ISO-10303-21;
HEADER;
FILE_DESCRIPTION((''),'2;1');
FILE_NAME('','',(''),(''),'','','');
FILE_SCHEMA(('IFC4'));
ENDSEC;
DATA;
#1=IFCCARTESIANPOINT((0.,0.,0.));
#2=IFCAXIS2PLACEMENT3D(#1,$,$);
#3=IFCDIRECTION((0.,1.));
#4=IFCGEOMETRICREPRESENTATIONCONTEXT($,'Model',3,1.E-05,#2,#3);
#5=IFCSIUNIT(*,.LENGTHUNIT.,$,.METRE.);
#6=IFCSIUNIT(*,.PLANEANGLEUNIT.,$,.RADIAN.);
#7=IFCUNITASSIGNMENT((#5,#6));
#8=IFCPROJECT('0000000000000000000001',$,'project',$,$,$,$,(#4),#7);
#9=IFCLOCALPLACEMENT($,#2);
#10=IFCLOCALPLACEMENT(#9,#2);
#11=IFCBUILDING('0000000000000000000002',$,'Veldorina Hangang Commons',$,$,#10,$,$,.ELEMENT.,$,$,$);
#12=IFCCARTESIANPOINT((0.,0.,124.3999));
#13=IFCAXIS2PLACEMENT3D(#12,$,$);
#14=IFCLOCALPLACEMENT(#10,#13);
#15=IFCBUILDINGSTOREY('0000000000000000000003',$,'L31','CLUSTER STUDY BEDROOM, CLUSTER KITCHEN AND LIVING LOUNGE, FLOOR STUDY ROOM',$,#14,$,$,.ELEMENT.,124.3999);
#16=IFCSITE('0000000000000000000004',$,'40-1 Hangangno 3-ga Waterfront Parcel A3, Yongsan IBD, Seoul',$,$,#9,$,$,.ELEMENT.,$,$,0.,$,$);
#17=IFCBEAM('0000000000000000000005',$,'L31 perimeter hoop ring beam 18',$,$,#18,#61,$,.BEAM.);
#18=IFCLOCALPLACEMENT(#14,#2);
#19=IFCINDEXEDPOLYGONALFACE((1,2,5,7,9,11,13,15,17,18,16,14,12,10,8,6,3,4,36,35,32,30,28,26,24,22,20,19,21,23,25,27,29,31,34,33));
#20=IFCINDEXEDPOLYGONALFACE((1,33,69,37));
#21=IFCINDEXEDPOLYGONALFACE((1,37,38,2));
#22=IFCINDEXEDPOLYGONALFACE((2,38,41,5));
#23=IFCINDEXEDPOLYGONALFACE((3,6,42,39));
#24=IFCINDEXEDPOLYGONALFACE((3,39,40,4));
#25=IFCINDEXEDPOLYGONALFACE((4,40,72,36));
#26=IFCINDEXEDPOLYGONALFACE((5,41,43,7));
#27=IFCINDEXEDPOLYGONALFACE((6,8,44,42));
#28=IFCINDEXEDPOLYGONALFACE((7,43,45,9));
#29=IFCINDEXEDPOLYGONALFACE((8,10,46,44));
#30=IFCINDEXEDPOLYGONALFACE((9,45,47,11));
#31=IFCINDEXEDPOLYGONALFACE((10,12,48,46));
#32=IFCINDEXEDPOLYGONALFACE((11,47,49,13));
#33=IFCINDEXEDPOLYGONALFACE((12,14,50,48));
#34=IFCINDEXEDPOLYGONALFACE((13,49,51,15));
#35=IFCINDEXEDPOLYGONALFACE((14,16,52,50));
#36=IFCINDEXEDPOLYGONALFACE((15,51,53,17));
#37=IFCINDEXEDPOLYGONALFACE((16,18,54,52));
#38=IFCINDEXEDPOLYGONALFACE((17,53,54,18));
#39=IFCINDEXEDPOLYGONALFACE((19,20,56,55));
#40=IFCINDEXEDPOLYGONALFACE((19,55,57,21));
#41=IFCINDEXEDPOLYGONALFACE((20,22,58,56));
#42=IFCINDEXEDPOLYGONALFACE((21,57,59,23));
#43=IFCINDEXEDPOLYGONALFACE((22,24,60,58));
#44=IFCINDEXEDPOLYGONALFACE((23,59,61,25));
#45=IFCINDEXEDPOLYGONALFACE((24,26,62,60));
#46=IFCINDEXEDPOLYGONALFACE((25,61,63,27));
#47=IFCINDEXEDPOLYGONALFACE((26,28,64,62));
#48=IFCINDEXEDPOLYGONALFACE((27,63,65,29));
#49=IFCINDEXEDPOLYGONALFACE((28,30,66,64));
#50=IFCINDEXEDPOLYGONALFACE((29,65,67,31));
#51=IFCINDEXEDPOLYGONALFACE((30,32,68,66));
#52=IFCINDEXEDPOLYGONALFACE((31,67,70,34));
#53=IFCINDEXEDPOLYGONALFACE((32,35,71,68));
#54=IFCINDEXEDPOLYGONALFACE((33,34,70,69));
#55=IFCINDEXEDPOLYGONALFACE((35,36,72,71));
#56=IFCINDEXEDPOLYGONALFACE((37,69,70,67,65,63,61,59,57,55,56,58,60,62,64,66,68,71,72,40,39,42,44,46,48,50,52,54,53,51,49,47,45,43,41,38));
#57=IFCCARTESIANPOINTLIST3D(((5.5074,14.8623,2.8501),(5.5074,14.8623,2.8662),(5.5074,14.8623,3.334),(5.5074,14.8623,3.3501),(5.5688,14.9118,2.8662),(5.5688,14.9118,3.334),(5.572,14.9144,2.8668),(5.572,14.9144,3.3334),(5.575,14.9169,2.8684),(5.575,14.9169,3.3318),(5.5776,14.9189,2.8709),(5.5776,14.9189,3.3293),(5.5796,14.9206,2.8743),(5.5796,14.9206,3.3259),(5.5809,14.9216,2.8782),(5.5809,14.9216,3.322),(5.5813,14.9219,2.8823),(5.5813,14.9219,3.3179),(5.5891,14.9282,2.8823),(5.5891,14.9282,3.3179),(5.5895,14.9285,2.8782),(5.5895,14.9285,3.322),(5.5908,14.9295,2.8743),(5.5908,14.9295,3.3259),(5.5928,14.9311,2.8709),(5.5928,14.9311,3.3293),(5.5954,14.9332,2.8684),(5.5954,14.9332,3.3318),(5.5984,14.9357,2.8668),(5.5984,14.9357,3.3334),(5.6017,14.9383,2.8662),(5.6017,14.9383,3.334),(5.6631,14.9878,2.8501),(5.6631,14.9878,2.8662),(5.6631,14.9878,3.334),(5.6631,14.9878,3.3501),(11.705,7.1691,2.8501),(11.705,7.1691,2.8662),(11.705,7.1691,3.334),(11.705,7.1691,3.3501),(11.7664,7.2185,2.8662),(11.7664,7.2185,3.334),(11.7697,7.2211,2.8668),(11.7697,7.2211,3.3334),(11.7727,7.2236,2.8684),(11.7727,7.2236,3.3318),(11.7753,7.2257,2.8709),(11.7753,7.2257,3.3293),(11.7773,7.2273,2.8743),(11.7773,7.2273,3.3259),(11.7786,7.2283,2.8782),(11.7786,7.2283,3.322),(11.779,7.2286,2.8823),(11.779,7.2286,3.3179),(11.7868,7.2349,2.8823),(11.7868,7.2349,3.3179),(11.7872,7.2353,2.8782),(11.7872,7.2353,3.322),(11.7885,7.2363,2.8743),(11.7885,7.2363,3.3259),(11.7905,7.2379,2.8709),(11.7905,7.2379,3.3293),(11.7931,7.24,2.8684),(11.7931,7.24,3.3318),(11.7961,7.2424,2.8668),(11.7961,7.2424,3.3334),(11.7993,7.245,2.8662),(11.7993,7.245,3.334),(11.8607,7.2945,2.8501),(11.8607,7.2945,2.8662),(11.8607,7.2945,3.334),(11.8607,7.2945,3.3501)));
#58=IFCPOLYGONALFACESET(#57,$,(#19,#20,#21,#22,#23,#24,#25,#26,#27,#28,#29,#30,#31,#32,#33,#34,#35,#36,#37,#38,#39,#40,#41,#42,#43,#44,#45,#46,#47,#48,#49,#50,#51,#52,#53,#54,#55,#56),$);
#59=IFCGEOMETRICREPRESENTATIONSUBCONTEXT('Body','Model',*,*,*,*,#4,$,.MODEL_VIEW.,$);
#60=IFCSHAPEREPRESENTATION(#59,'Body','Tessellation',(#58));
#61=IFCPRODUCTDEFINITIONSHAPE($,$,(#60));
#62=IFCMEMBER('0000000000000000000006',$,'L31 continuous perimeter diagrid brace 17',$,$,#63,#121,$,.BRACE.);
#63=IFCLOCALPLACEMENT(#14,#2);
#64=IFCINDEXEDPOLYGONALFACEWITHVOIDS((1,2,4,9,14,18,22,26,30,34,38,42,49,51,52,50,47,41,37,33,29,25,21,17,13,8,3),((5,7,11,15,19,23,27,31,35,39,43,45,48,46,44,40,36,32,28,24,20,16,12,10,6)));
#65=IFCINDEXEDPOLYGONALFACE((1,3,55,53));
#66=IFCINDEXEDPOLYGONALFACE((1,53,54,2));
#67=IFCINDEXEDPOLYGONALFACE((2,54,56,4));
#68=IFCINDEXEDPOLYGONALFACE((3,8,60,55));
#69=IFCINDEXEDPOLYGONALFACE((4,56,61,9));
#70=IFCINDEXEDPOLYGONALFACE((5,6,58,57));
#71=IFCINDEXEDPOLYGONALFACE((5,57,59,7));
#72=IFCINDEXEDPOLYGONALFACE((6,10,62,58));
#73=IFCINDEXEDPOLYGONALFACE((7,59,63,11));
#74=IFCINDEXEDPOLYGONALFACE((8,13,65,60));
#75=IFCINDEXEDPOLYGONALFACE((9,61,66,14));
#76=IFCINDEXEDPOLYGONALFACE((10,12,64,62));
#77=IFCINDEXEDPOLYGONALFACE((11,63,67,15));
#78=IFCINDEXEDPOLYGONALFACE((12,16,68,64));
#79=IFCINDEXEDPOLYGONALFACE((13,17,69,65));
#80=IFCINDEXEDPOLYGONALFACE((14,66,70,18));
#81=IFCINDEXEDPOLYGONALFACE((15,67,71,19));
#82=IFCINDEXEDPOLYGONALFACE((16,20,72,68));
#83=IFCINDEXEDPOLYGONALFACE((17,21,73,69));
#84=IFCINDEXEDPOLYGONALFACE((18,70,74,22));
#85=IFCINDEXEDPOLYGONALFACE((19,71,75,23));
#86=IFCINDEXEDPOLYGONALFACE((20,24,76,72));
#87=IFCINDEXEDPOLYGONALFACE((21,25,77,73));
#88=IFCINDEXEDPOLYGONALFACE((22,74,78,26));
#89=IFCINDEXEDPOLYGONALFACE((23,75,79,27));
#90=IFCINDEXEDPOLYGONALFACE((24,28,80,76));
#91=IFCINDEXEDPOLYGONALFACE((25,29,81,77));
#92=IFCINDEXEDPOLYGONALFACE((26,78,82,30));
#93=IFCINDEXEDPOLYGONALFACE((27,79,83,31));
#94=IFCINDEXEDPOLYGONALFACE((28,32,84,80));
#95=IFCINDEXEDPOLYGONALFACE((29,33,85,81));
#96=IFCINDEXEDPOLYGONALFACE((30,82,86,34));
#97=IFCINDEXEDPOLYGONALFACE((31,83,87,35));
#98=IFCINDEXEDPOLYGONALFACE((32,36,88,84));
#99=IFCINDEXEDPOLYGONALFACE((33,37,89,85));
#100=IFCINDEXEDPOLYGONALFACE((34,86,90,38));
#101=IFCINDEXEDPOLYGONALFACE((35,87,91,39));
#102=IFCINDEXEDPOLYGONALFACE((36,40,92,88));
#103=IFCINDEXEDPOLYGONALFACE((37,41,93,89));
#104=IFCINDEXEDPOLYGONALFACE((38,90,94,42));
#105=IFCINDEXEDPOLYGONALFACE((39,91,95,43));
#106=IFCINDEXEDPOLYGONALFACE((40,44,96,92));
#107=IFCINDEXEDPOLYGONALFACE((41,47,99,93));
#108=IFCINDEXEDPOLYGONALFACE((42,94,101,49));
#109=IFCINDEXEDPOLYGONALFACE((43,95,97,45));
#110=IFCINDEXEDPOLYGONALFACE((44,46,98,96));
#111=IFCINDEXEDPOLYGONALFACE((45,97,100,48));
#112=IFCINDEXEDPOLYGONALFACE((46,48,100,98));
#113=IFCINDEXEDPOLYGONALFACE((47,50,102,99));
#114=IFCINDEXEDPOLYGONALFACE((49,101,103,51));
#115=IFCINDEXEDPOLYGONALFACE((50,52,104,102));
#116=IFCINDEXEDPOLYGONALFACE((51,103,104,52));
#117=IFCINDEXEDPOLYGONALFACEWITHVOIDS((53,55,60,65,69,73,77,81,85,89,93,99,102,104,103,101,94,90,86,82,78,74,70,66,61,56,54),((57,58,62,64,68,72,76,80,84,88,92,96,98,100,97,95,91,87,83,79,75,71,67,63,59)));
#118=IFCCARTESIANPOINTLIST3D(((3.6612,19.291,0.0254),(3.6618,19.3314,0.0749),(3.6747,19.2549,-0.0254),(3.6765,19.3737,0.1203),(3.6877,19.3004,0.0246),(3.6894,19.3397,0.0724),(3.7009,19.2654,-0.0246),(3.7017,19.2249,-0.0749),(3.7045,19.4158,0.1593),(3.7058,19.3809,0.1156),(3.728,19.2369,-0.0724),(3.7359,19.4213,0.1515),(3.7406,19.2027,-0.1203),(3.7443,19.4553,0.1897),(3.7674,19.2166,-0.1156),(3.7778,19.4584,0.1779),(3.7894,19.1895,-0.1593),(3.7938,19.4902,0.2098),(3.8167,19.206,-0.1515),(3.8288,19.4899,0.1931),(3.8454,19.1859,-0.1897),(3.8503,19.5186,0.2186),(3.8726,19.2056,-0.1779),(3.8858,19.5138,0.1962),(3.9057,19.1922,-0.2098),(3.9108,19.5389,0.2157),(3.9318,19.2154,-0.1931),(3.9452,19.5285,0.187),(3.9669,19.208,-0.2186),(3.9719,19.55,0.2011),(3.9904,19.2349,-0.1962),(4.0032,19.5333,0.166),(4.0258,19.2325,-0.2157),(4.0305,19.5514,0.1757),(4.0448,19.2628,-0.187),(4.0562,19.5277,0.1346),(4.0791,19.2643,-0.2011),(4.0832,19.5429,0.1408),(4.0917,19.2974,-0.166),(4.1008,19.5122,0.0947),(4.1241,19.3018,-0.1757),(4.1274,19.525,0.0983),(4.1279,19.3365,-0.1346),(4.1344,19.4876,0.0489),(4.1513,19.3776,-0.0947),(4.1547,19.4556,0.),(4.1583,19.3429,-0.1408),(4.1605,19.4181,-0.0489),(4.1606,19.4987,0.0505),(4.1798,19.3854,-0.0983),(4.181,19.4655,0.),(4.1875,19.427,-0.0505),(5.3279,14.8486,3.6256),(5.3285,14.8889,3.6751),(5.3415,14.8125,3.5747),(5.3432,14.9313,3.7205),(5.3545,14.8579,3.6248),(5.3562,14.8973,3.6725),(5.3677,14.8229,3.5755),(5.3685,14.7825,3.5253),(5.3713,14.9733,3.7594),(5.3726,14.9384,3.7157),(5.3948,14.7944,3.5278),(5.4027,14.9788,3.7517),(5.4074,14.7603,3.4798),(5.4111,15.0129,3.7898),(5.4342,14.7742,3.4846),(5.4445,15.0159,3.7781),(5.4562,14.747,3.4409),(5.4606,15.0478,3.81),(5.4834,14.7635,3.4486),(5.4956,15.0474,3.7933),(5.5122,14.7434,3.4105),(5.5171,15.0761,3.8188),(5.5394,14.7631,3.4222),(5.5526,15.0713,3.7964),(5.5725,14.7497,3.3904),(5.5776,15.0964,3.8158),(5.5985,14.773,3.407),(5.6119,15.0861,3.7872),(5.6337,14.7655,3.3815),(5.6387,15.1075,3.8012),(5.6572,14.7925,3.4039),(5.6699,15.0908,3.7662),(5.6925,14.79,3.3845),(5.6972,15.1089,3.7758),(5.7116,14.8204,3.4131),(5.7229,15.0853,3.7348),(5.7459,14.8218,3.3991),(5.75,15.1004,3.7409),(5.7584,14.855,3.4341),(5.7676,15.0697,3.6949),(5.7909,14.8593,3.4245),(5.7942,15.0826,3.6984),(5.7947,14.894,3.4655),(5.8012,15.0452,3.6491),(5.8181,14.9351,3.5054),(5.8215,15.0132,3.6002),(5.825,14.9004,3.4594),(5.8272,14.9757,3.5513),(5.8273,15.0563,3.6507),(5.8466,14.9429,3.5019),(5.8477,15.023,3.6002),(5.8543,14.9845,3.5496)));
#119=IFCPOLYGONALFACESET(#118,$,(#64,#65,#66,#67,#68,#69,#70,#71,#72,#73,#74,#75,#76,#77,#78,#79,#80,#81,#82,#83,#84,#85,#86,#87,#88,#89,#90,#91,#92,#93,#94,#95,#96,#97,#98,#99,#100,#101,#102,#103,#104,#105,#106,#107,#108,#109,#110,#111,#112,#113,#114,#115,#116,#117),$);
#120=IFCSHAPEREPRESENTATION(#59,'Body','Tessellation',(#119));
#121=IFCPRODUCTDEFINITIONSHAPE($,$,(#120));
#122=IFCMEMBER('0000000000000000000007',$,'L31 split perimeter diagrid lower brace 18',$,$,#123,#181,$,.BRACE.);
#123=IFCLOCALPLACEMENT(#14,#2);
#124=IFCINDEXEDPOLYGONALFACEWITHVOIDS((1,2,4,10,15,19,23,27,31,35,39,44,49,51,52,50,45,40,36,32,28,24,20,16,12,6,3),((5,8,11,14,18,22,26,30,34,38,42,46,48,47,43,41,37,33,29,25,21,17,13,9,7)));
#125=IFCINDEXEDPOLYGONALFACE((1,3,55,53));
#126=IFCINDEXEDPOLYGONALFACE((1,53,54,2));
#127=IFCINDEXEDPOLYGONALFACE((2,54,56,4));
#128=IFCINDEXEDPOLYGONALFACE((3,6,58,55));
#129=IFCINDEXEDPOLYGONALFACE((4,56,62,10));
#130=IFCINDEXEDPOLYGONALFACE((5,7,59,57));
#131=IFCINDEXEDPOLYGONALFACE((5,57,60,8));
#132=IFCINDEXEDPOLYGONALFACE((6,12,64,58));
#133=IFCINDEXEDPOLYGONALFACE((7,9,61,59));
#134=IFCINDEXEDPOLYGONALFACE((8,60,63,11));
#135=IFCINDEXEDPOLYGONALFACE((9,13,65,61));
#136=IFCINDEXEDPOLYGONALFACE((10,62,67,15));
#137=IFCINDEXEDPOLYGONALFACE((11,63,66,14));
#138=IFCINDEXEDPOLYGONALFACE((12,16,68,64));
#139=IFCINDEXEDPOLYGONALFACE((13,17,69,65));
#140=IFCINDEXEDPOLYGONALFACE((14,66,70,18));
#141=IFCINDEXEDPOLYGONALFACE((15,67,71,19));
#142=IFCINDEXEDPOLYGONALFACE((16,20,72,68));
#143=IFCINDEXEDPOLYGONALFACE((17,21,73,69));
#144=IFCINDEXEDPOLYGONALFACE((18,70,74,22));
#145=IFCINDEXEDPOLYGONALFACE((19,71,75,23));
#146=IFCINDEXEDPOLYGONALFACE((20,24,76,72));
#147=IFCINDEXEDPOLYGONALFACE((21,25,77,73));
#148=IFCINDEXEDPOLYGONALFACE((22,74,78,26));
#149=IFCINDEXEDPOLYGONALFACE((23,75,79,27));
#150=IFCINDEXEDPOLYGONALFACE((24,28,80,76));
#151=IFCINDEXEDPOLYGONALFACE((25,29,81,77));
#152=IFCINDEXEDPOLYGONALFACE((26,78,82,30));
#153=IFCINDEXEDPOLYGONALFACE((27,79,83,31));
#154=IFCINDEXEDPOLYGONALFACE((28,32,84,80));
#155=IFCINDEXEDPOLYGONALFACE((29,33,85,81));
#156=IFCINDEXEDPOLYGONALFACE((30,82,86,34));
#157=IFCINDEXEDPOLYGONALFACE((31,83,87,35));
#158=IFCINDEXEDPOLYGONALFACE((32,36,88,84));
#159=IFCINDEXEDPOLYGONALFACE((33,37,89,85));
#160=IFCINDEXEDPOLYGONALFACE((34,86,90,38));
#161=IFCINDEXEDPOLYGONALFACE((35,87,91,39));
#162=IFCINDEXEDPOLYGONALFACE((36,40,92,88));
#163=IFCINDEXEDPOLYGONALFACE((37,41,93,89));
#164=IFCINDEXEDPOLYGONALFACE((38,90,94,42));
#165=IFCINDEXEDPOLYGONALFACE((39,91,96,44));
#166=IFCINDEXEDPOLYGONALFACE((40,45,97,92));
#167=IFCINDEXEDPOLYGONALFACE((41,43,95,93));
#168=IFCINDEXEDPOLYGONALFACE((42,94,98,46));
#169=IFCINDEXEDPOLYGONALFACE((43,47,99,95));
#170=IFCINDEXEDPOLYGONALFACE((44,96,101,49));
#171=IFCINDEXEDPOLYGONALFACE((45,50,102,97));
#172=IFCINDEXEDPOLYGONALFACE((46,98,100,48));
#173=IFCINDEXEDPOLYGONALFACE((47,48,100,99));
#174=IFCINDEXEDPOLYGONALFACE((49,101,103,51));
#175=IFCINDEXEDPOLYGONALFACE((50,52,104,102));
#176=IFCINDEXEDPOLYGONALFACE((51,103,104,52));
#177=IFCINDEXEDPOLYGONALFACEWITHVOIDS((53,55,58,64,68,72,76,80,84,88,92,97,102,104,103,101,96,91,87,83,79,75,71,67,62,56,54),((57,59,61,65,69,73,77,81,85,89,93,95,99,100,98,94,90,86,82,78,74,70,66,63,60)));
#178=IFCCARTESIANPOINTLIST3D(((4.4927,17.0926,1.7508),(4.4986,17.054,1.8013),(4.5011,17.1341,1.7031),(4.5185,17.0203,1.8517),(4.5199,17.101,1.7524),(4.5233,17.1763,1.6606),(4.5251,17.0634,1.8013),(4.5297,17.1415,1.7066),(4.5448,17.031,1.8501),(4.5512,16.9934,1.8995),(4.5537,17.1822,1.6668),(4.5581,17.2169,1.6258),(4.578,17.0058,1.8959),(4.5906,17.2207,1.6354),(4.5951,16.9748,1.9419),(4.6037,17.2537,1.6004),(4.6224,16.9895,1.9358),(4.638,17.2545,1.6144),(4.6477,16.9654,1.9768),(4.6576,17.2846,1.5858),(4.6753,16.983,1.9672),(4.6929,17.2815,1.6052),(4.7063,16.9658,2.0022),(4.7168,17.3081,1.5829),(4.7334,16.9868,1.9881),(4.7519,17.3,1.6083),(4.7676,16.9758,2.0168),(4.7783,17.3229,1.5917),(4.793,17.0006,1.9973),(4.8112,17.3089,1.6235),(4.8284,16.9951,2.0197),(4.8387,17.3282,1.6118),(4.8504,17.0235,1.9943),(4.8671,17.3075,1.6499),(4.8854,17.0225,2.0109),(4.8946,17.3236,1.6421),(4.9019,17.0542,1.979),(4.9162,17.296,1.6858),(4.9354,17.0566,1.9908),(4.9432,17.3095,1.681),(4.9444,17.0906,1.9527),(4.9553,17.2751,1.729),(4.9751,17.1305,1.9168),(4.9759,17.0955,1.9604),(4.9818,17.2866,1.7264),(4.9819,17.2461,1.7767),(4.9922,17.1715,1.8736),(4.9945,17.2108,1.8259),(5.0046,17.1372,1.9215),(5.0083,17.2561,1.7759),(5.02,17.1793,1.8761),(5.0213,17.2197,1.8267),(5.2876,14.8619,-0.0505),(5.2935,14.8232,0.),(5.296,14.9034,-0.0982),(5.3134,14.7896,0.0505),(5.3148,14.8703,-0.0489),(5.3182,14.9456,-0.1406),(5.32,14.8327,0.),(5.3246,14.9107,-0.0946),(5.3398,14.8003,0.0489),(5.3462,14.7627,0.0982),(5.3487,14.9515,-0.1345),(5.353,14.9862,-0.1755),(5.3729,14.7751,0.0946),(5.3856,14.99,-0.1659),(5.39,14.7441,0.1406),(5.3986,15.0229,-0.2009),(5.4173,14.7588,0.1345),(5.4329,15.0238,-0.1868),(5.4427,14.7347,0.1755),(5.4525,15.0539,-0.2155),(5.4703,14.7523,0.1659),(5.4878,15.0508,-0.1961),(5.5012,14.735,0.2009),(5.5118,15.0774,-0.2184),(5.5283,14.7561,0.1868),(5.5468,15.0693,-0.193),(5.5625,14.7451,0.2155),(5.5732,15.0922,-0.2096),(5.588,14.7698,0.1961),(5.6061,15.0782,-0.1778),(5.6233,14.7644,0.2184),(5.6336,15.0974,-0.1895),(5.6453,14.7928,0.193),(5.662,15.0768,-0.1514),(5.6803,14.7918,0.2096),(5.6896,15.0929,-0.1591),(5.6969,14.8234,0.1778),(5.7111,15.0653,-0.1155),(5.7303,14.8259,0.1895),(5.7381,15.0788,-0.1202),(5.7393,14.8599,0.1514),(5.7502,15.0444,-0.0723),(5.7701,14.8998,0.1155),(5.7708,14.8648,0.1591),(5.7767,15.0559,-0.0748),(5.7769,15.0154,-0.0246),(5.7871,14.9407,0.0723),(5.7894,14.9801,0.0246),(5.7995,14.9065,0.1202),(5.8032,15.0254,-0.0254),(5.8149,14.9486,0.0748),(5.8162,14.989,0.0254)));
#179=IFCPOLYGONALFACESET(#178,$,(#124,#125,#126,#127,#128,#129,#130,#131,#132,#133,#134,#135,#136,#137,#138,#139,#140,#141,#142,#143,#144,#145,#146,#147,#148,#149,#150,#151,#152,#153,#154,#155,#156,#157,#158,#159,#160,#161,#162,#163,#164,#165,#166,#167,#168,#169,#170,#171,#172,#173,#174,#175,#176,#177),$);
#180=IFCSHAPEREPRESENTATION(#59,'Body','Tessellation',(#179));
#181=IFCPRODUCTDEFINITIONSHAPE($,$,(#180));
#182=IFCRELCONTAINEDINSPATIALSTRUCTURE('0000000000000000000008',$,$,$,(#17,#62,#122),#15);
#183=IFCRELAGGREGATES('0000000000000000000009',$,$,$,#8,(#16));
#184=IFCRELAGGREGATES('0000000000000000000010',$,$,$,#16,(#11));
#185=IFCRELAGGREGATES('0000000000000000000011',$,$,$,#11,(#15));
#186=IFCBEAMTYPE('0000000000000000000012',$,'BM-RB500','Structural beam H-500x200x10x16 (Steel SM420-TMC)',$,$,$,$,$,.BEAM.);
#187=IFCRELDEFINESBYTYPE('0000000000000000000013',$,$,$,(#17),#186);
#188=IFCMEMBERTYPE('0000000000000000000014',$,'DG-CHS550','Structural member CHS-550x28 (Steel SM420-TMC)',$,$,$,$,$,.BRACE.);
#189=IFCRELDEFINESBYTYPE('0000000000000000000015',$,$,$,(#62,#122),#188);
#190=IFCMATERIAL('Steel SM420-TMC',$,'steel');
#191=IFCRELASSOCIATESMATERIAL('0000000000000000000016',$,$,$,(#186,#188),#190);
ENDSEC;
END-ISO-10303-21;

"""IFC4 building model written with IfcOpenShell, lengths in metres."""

from ifc_helpers import new_model, si_unit, direction, frame, origin, origin_2d, place, context, subcontext, project, spatial, hollow_circle, i_section, extrude, material, material_profile, profile_set, type_object, element, save


model = new_model("IFC4")

# Units and contexts
model_context = context("Model", 3, precision=1e-05, world=origin(), true_north=direction((0.0, 1.0)))
body_context = subcontext(model_context, "Body", "Model", "MODEL_VIEW")
ifc_project = project(units=[si_unit("LENGTHUNIT", "METRE"), si_unit("PLANEANGLEUNIT", "RADIAN")], contexts=[model_context])

# Site, building, storey
site_placement = place(None, origin())
site = spatial("IfcSite", under=ifc_project, at=site_placement, Name="40-1 Hangangno 3-ga Waterfront Parcel A3, Yongsan IBD, Seoul", CompositionType="ELEMENT", RefElevation=0.0)
building_placement = place(site_placement, origin())
building = spatial("IfcBuilding", under=site, at=building_placement, Name="Veldorina Hangang Commons", CompositionType="ELEMENT")
storey_placement = place(building_placement, frame((0.0, 0.0, 124.3999)))
storey = spatial("IfcBuildingStorey", under=building, at=storey_placement, Name="L31", Description="CLUSTER STUDY BEDROOM, CLUSTER KITCHEN AND LIVING LOUNGE, FLOOR STUDY ROOM", CompositionType="ELEMENT", Elevation=124.3999)

# Beam
ifc_material_1 = material(Name="Steel SM420-TMC", Category="steel")
ifc_material_profile_1 = material_profile(ifc_material_1, i_section(OverallWidth=0.2, OverallDepth=0.5, WebThickness=0.01, FlangeThickness=0.0161, FilletRadius=0.0161, at=origin_2d()), Name="H-500x200x10x16")
ifc_profile_set_1 = profile_set([ifc_material_profile_1], Name="Steel SM420-TMC")
beam_type = type_object("IfcBeamType", Name="BM-RB500", Description="Structural beam H-500x200x10x16 (Steel SM420-TMC)", PredefinedType="BEAM", material=ifc_profile_set_1)
beam_placement = place(storey_placement, frame((5.5852, 14.925, 3.1001), z_axis=(0.62735, -0.778738, 0.0), x_axis=(0.778738, 0.62735, 0.0)))
element("IfcBeam", 1, at=beam_placement, inside=storey, type_object=beam_type, Name="L31 perimeter hoop ring beam 18", PredefinedType="BEAM", context=body_context, shape_type="SweptSolid", body=[
    extrude(i_section(OverallWidth=0.2, OverallDepth=0.5, WebThickness=0.01, FlangeThickness=0.0161, FilletRadius=0.0161, at=origin_2d()), origin(), (0.0, 0.0, 1.0), 9.8792),
])

# Members
ifc_material_profile_2 = material_profile(ifc_material_1, hollow_circle(Radius=0.2749, WallThickness=0.0281, at=origin_2d()), Name="CHS-550x28")
ifc_profile_set_2 = profile_set([ifc_material_profile_2], Name="Steel SM420-TMC")
member_type = type_object("IfcMemberType", Name="DG-CHS550", Description="Structural member CHS-550x28 (Steel SM420-TMC)", PredefinedType="BRACE", material=ifc_profile_set_2)
member_1_placement = place(storey_placement, frame((3.9236, 19.3689, 0.0), z_axis=(0.279845, -0.745871, 0.604452), x_axis=(0.93627, 0.351281, 0.0)))
element("IfcMember", 2, at=member_1_placement, inside=storey, type_object=member_type, Name="L31 continuous perimeter diagrid brace 17", PredefinedType="BRACE", context=body_context, shape_type="SweptSolid", body=[
    extrude(hollow_circle(Radius=0.2749, WallThickness=0.0281, at=origin_2d()), origin(), (0.0, 0.0, 1.0), 5.9561),
])
member_2_placement = place(storey_placement, frame((5.5525, 14.9155, 0.0), z_axis=(-0.267172, 0.749738, 0.605403), x_axis=(-0.941977, -0.335677, 0.0)))
element("IfcMember", 3, at=member_2_placement, inside=storey, type_object=member_type, Name="L31 split perimeter diagrid lower brace 18", PredefinedType="BRACE", context=body_context, shape_type="SweptSolid", body=[
    extrude(hollow_circle(Radius=0.2749, WallThickness=0.0281, at=origin_2d()), origin(), (0.0, 0.0, 1.0), 2.9753),
])

save(model, "model.ifc")
